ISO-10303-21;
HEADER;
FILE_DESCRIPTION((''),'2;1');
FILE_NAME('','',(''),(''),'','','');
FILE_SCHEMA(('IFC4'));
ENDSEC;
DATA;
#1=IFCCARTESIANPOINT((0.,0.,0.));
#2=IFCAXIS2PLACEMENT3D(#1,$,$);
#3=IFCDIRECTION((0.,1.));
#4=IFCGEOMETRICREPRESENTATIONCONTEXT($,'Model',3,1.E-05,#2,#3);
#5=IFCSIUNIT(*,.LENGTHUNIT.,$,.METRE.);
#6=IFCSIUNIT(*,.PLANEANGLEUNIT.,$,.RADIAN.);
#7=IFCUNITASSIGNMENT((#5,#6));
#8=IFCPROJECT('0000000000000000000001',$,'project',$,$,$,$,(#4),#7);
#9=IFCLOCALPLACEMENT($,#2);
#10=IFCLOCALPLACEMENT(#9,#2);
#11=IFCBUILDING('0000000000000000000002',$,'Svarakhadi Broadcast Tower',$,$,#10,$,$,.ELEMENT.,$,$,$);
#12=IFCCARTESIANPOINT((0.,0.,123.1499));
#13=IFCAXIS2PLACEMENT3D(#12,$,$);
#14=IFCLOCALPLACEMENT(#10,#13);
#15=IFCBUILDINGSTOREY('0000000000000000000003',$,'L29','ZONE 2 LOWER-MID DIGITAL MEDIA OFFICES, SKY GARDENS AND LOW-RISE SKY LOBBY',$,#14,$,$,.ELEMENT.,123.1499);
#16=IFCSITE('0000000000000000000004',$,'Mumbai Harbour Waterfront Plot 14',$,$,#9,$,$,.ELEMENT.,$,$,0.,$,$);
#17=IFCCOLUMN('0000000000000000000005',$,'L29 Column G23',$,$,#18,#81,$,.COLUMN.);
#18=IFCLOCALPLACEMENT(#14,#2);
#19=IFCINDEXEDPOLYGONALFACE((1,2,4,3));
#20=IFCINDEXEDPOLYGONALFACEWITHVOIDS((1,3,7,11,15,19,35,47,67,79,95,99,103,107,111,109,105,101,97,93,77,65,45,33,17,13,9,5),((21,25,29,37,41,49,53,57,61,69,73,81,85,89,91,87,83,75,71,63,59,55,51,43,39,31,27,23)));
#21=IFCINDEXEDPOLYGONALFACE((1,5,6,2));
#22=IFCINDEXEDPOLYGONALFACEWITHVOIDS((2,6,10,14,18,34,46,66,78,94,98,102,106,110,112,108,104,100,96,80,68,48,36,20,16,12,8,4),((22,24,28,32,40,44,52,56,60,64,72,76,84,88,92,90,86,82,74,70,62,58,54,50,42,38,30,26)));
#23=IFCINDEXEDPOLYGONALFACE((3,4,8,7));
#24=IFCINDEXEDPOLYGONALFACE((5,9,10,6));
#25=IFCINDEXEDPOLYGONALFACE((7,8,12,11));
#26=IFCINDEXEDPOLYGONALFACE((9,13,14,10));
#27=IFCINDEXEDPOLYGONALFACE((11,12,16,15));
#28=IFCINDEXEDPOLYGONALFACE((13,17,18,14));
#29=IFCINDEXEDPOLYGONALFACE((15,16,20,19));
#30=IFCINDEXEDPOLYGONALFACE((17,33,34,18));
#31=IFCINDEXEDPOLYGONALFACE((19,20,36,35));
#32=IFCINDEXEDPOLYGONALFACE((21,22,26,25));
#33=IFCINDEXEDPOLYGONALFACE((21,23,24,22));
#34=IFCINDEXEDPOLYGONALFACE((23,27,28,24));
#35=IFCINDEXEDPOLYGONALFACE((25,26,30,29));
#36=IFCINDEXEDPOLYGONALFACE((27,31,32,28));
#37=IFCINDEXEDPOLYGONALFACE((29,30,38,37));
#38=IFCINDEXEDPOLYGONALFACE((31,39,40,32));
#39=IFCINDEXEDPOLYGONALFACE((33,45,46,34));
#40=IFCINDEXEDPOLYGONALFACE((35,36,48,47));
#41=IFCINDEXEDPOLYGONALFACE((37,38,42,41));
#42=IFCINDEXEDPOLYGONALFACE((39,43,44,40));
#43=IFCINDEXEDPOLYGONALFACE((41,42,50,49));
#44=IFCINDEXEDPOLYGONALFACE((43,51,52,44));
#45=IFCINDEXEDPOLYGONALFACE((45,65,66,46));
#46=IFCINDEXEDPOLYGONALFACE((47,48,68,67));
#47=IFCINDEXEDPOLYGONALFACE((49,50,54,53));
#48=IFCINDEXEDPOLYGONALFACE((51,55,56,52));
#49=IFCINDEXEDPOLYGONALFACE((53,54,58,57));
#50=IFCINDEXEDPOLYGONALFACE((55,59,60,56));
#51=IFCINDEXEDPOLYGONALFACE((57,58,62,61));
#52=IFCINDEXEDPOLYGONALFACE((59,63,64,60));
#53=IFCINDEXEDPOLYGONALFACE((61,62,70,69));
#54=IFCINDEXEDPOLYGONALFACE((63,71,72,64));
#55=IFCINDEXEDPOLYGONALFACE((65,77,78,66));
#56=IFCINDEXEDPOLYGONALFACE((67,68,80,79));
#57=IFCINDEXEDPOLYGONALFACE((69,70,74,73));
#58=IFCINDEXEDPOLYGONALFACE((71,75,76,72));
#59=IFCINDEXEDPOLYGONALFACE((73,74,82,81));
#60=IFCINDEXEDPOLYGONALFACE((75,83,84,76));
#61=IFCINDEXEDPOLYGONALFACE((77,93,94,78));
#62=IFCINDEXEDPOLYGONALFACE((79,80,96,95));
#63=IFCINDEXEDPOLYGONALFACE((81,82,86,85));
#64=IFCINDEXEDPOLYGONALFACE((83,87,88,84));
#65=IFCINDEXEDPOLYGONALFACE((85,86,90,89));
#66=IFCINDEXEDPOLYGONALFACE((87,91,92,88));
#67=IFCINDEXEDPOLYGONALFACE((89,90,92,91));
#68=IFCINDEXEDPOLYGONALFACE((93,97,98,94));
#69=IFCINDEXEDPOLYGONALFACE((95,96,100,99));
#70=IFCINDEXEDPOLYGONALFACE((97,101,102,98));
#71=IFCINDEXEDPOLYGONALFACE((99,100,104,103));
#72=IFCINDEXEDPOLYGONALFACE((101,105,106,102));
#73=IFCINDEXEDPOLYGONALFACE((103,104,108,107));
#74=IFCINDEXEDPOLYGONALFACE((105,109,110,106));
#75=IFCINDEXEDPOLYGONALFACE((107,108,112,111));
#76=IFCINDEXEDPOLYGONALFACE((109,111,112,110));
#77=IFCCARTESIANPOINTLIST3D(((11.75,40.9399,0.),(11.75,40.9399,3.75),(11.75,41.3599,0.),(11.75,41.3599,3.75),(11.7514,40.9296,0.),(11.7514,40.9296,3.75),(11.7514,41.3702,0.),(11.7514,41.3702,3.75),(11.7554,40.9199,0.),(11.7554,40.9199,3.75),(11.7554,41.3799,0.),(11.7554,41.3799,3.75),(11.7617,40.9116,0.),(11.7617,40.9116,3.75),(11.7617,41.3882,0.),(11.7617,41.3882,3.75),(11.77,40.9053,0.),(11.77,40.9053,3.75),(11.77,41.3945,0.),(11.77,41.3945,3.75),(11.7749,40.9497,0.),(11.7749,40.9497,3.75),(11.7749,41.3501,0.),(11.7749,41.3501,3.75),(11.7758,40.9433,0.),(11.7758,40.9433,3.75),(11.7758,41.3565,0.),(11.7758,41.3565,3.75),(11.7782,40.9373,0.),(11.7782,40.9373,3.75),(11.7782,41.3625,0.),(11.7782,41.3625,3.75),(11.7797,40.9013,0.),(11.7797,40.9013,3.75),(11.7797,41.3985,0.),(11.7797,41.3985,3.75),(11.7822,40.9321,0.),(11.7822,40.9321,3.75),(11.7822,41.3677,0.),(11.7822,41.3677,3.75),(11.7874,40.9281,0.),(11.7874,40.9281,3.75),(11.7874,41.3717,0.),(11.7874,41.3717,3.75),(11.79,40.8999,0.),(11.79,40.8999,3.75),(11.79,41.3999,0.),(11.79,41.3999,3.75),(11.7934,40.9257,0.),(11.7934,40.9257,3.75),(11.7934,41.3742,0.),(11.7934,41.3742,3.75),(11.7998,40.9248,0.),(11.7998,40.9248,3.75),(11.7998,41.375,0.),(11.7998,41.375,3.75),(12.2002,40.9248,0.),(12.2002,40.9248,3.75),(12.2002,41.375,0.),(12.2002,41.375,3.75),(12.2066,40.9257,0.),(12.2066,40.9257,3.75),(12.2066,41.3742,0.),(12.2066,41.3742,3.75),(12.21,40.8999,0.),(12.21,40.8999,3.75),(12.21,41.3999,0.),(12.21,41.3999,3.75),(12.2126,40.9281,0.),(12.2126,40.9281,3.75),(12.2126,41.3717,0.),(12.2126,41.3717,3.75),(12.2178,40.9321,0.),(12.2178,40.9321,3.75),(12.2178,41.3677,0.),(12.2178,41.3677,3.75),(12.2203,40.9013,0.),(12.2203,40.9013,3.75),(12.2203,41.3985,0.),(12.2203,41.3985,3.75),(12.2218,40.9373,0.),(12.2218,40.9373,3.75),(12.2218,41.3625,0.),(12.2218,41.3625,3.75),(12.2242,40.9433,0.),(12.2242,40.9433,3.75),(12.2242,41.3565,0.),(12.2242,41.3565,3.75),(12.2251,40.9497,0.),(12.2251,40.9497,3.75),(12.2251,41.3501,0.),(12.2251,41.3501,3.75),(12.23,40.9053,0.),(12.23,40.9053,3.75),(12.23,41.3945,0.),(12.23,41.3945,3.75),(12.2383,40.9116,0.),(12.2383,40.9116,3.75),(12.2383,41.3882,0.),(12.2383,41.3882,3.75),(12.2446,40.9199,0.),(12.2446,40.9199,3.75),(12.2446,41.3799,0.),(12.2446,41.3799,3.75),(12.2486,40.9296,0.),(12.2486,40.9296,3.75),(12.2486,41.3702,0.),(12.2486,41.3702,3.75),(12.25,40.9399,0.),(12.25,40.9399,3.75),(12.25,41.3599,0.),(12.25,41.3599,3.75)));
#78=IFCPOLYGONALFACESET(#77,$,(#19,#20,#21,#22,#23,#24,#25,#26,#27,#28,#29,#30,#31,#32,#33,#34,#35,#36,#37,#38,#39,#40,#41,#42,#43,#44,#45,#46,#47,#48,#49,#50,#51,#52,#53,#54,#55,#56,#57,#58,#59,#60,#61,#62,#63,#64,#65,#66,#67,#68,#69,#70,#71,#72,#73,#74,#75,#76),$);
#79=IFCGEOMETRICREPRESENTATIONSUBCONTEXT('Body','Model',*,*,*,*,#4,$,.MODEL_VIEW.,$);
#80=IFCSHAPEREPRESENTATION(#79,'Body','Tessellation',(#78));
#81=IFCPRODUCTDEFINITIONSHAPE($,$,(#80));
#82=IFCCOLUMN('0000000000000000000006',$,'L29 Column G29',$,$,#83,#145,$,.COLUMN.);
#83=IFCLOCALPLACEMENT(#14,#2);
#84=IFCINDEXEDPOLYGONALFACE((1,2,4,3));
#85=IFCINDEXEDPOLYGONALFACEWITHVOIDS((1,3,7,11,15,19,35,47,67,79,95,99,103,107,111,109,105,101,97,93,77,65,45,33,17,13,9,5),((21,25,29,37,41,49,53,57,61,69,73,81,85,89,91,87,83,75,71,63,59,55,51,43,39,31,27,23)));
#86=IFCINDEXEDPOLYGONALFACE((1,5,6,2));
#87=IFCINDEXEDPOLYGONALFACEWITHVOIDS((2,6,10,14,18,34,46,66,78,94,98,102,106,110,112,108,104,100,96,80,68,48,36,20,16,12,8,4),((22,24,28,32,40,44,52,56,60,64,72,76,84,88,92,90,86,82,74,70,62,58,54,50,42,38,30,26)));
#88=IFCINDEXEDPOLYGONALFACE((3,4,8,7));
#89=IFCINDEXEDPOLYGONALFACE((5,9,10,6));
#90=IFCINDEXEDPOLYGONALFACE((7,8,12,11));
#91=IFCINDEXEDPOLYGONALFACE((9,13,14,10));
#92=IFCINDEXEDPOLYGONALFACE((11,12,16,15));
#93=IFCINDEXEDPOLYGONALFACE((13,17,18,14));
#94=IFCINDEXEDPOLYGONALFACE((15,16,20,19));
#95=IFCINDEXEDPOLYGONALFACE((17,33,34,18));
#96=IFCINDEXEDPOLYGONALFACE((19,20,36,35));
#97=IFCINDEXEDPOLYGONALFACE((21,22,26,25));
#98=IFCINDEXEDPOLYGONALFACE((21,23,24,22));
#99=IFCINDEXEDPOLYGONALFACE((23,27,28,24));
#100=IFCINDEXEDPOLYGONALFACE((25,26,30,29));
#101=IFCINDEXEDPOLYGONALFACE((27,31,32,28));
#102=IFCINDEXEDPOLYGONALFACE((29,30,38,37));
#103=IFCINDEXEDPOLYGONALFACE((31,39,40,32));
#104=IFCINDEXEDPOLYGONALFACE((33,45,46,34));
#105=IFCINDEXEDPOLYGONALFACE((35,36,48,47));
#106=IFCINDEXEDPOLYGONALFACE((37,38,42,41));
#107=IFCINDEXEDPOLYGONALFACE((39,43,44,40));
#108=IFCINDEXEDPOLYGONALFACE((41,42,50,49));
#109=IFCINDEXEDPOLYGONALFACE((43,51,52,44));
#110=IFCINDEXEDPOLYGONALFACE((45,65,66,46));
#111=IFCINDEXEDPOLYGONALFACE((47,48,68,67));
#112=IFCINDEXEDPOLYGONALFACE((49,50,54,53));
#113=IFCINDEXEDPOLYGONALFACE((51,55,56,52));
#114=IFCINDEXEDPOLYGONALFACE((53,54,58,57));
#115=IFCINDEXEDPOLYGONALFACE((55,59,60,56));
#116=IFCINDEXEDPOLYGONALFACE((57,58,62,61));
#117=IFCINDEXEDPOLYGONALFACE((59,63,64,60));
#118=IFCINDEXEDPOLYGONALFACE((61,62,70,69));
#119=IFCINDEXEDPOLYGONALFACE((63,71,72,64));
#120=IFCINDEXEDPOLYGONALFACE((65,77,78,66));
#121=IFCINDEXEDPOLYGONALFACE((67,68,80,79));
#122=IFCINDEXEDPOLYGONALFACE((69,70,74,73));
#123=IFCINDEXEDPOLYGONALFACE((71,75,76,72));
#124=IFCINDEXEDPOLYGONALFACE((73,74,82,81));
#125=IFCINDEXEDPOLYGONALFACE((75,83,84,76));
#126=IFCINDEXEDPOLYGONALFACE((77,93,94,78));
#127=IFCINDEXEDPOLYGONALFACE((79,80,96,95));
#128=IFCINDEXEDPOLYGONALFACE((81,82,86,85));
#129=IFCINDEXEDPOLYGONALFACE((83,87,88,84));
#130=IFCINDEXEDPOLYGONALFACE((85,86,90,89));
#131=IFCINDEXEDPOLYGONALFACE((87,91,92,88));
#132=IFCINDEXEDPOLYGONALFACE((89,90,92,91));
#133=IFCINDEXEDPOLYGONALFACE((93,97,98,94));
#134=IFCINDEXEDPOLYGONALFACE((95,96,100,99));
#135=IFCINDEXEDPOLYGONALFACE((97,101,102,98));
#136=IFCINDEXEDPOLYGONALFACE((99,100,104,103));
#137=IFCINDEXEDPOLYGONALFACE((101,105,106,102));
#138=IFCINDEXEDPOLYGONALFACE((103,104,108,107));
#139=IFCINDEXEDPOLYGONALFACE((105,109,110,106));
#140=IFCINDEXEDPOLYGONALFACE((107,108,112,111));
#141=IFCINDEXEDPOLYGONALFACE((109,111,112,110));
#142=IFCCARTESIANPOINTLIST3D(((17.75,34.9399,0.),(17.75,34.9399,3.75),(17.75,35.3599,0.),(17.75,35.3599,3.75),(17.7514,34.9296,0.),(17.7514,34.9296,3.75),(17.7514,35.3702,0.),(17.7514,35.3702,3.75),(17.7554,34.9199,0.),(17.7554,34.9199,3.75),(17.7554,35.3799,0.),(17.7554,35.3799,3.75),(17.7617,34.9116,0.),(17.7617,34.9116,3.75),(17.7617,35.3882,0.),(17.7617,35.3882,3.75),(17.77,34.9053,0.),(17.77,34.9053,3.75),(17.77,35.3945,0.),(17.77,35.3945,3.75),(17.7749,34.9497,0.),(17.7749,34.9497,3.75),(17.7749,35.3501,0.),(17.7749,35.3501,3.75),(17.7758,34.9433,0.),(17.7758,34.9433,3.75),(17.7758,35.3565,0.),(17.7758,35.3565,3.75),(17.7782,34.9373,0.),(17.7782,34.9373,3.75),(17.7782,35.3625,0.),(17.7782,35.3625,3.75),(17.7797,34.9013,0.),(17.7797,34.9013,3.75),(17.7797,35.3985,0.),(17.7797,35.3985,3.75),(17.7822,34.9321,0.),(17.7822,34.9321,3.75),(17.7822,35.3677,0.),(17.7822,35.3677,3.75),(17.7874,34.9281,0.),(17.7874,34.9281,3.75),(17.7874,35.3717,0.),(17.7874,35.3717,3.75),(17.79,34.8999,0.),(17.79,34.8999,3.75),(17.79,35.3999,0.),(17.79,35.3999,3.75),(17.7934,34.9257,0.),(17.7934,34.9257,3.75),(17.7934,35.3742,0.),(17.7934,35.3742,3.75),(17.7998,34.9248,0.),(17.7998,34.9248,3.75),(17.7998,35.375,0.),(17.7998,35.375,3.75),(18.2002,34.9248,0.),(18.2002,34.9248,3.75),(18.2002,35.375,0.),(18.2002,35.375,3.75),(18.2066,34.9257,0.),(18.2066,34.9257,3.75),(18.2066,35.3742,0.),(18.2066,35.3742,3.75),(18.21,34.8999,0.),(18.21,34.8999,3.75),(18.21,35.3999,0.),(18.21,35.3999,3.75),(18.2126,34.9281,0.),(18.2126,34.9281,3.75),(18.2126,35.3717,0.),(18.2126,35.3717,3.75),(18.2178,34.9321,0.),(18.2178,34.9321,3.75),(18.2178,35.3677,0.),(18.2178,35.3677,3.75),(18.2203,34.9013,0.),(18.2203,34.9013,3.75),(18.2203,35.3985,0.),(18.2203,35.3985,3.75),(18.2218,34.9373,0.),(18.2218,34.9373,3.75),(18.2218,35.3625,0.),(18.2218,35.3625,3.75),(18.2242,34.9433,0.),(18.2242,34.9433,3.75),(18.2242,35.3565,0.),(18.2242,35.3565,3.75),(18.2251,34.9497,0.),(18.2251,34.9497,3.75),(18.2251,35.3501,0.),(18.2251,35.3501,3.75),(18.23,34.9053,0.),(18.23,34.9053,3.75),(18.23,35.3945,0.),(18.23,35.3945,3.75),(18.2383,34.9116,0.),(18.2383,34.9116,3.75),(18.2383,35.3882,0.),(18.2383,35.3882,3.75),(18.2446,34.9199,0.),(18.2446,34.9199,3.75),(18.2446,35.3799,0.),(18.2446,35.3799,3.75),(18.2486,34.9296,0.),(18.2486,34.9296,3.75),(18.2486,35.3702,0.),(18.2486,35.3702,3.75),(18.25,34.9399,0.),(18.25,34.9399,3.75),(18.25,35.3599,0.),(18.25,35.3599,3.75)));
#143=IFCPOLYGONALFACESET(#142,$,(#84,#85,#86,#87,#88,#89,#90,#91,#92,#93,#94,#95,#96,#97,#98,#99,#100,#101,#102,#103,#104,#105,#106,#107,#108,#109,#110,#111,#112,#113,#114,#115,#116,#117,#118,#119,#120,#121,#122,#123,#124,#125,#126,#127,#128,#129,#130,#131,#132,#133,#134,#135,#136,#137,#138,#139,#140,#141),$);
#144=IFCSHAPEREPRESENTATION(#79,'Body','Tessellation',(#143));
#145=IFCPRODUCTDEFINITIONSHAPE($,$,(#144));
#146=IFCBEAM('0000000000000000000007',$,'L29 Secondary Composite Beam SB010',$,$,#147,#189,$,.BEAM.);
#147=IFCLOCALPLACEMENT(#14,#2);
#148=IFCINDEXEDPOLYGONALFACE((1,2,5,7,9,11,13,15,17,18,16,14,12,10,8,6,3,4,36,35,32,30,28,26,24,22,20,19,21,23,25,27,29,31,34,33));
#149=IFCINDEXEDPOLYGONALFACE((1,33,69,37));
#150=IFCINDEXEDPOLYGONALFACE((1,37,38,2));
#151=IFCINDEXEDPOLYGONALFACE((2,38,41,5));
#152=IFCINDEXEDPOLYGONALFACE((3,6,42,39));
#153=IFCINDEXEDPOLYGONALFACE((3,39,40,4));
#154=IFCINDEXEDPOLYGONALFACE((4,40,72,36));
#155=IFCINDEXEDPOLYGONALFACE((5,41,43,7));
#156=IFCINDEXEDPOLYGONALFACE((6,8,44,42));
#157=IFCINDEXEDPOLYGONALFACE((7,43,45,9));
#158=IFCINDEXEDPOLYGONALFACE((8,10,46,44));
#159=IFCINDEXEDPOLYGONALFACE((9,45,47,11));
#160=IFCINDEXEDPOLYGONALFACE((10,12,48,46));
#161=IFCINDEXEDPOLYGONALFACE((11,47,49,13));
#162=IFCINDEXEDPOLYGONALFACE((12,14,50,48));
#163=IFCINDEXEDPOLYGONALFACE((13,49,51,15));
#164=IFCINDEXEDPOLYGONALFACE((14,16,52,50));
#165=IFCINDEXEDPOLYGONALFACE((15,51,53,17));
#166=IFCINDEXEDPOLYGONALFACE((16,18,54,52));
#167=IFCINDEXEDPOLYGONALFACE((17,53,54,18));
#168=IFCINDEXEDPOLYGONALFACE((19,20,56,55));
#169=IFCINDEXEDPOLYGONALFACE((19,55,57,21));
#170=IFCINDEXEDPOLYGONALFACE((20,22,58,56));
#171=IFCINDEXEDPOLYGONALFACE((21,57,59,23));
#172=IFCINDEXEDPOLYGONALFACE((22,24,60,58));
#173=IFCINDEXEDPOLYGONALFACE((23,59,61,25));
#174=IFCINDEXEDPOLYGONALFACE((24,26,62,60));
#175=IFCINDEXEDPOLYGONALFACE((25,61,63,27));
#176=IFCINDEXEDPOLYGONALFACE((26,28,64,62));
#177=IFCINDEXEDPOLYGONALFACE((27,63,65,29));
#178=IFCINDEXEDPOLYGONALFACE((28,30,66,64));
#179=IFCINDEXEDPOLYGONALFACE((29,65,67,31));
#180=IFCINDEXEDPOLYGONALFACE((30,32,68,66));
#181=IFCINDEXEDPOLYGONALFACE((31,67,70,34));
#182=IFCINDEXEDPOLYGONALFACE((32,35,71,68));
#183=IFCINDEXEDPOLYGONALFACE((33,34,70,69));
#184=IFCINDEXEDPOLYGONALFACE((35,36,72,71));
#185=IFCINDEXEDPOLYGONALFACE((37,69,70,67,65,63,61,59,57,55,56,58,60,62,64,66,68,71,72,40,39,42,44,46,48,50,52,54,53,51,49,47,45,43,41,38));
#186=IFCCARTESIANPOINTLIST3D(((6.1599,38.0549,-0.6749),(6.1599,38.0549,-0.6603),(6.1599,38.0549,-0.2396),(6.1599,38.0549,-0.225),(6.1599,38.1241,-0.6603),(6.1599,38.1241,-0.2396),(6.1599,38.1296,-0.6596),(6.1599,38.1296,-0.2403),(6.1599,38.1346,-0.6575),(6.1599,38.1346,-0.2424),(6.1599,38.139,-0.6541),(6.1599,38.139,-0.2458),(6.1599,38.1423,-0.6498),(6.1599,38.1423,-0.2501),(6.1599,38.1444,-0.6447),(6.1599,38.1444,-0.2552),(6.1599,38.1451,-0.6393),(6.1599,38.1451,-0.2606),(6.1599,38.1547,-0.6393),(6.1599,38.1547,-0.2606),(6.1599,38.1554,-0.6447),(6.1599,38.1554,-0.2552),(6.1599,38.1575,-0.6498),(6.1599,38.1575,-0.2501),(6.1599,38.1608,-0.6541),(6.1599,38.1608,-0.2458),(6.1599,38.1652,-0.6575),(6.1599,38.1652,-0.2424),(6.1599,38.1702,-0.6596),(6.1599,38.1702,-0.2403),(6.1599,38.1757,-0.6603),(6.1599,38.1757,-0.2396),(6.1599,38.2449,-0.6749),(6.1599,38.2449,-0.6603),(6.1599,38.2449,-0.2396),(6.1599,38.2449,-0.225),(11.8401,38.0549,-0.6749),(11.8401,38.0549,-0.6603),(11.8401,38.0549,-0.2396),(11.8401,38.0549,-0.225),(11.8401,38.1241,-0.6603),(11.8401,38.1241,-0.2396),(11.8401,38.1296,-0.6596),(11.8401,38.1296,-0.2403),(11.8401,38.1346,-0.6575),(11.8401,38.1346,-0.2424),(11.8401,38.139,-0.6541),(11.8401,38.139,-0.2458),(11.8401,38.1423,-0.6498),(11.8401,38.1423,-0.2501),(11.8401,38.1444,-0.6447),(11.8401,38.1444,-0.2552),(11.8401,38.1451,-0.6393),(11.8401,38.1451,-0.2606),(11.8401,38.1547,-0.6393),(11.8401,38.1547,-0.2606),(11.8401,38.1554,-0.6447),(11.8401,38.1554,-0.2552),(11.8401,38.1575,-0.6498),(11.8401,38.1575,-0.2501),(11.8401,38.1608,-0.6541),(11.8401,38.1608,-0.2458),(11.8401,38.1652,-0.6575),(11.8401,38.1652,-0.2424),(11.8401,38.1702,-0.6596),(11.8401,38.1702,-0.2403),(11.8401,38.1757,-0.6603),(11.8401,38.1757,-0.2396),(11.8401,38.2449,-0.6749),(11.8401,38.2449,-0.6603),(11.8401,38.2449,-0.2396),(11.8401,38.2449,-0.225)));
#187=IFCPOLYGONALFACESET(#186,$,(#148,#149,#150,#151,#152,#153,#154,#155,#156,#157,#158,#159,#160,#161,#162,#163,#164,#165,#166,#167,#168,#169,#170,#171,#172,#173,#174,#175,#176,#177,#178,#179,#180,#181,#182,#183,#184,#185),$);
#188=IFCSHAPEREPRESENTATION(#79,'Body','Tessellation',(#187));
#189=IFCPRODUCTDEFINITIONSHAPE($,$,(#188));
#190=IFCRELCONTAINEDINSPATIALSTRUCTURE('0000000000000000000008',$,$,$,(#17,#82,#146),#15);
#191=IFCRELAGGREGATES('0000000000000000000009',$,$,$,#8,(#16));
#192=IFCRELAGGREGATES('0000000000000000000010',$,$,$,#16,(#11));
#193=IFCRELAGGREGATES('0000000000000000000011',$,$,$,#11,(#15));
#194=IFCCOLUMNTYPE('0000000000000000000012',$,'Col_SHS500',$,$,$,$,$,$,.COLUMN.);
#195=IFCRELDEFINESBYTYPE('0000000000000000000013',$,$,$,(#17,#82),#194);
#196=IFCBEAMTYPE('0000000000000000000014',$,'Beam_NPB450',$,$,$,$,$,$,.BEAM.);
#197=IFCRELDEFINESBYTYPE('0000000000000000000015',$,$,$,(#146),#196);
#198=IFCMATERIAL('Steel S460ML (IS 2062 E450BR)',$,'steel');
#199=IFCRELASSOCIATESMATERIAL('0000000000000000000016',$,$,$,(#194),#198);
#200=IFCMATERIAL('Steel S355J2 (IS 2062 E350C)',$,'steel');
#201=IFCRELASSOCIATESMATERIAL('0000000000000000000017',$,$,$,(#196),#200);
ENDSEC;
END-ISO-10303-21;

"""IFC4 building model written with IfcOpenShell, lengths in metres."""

from ifc_helpers import new_model, si_unit, direction, frame, origin, origin_2d, place, context, subcontext, project, spatial, hollow_rectangle, i_section, extrude, material, material_profile, profile_set, type_object, element, save


model = new_model("IFC4")

# Units and contexts
model_context = context("Model", 3, precision=1e-05, world=origin(), true_north=direction((0.0, 1.0)))
body_context = subcontext(model_context, "Body", "Model", "MODEL_VIEW")
ifc_project = project(units=[si_unit("LENGTHUNIT", "METRE"), si_unit("PLANEANGLEUNIT", "RADIAN")], contexts=[model_context])

# Site, building, storey
site_placement = place(None, origin())
site = spatial("IfcSite", under=ifc_project, at=site_placement, Name="Mumbai Harbour Waterfront Plot 14", CompositionType="ELEMENT", RefElevation=0.0)
building_placement = place(site_placement, origin())
building = spatial("IfcBuilding", under=site, at=building_placement, Name="Svarakhadi Broadcast Tower", CompositionType="ELEMENT")
storey_placement = place(building_placement, frame((0.0, 0.0, 123.1499)))
storey = spatial("IfcBuildingStorey", under=building, at=storey_placement, Name="L29", Description="ZONE 2 LOWER-MID DIGITAL MEDIA OFFICES, SKY GARDENS AND LOW-RISE SKY LOBBY", CompositionType="ELEMENT", Elevation=123.1499)

# Columns
ifc_material_1 = material(Name="Steel S460ML (IS 2062 E450BR)", Category="steel")
ifc_material_profile_1 = material_profile(ifc_material_1, hollow_rectangle(XDim=0.5, YDim=0.5, WallThickness=0.0249, InnerFilletRadius=0.0249, OuterFilletRadius=0.04, at=origin_2d()), Name="SHS 500x500x25")
ifc_profile_set_1 = profile_set([ifc_material_profile_1], Name="Steel S460ML (IS 2062 E450BR)")
column_type_1 = type_object("IfcColumnType", Name="Col_SHS500", PredefinedType="COLUMN", material=ifc_profile_set_1)
for number, where, z_axis, x_axis, name in (
    (1, (12.0, 41.1499, 0.0), (0.0, 0.0, 1.0), (1.0, 0.0, 0.0), "L29 Column G23"),
    (2, (18.0, 35.1499, 0.0), (0.0, 0.0, 1.0), (1.0, 0.0, 0.0), "L29 Column G29"),
):
    element("IfcColumn", number, at=place(storey_placement, frame(where, z_axis=z_axis, x_axis=x_axis)), inside=storey, type_object=column_type_1, Name=name, PredefinedType="COLUMN", context=body_context, shape_type="SweptSolid", body=[
        extrude(hollow_rectangle(XDim=0.5, YDim=0.5, WallThickness=0.0249, InnerFilletRadius=0.0249, OuterFilletRadius=0.04, at=origin_2d()), origin(), (0.0, 0.0, 1.0), 3.75),
    ])

# Beam
ifc_material_2 = material(Name="Steel S355J2 (IS 2062 E350C)", Category="steel")
ifc_material_profile_2 = material_profile(ifc_material_2, i_section(OverallWidth=0.1899, OverallDepth=0.45, WebThickness=0.0095, FlangeThickness=0.0146, FilletRadius=0.021, at=origin_2d()), Name="NPB 450x190x78")
ifc_profile_set_2 = profile_set([ifc_material_profile_2], Name="Steel S355J2 (IS 2062 E350C)")
beam_type_1 = type_object("IfcBeamType", Name="Beam_NPB450", PredefinedType="BEAM", material=ifc_profile_set_2)
for number, where, z_axis, x_axis, name in (
    (3, (6.1599, 38.1499, -0.45), (1.0, 0.0, 0.0), (0.0, 1.0, 0.0), "L29 Secondary Composite Beam SB010"),
):
    element("IfcBeam", number, at=place(storey_placement, frame(where, z_axis=z_axis, x_axis=x_axis)), inside=storey, type_object=beam_type_1, Name=name, PredefinedType="BEAM", context=body_context, shape_type="SweptSolid", body=[
        extrude(i_section(OverallWidth=0.1899, OverallDepth=0.45, WebThickness=0.0095, FlangeThickness=0.0146, FilletRadius=0.021, at=origin_2d()), origin(), (0.0, 0.0, 1.0), 5.6802),
    ])

save(model, "model.ifc")
